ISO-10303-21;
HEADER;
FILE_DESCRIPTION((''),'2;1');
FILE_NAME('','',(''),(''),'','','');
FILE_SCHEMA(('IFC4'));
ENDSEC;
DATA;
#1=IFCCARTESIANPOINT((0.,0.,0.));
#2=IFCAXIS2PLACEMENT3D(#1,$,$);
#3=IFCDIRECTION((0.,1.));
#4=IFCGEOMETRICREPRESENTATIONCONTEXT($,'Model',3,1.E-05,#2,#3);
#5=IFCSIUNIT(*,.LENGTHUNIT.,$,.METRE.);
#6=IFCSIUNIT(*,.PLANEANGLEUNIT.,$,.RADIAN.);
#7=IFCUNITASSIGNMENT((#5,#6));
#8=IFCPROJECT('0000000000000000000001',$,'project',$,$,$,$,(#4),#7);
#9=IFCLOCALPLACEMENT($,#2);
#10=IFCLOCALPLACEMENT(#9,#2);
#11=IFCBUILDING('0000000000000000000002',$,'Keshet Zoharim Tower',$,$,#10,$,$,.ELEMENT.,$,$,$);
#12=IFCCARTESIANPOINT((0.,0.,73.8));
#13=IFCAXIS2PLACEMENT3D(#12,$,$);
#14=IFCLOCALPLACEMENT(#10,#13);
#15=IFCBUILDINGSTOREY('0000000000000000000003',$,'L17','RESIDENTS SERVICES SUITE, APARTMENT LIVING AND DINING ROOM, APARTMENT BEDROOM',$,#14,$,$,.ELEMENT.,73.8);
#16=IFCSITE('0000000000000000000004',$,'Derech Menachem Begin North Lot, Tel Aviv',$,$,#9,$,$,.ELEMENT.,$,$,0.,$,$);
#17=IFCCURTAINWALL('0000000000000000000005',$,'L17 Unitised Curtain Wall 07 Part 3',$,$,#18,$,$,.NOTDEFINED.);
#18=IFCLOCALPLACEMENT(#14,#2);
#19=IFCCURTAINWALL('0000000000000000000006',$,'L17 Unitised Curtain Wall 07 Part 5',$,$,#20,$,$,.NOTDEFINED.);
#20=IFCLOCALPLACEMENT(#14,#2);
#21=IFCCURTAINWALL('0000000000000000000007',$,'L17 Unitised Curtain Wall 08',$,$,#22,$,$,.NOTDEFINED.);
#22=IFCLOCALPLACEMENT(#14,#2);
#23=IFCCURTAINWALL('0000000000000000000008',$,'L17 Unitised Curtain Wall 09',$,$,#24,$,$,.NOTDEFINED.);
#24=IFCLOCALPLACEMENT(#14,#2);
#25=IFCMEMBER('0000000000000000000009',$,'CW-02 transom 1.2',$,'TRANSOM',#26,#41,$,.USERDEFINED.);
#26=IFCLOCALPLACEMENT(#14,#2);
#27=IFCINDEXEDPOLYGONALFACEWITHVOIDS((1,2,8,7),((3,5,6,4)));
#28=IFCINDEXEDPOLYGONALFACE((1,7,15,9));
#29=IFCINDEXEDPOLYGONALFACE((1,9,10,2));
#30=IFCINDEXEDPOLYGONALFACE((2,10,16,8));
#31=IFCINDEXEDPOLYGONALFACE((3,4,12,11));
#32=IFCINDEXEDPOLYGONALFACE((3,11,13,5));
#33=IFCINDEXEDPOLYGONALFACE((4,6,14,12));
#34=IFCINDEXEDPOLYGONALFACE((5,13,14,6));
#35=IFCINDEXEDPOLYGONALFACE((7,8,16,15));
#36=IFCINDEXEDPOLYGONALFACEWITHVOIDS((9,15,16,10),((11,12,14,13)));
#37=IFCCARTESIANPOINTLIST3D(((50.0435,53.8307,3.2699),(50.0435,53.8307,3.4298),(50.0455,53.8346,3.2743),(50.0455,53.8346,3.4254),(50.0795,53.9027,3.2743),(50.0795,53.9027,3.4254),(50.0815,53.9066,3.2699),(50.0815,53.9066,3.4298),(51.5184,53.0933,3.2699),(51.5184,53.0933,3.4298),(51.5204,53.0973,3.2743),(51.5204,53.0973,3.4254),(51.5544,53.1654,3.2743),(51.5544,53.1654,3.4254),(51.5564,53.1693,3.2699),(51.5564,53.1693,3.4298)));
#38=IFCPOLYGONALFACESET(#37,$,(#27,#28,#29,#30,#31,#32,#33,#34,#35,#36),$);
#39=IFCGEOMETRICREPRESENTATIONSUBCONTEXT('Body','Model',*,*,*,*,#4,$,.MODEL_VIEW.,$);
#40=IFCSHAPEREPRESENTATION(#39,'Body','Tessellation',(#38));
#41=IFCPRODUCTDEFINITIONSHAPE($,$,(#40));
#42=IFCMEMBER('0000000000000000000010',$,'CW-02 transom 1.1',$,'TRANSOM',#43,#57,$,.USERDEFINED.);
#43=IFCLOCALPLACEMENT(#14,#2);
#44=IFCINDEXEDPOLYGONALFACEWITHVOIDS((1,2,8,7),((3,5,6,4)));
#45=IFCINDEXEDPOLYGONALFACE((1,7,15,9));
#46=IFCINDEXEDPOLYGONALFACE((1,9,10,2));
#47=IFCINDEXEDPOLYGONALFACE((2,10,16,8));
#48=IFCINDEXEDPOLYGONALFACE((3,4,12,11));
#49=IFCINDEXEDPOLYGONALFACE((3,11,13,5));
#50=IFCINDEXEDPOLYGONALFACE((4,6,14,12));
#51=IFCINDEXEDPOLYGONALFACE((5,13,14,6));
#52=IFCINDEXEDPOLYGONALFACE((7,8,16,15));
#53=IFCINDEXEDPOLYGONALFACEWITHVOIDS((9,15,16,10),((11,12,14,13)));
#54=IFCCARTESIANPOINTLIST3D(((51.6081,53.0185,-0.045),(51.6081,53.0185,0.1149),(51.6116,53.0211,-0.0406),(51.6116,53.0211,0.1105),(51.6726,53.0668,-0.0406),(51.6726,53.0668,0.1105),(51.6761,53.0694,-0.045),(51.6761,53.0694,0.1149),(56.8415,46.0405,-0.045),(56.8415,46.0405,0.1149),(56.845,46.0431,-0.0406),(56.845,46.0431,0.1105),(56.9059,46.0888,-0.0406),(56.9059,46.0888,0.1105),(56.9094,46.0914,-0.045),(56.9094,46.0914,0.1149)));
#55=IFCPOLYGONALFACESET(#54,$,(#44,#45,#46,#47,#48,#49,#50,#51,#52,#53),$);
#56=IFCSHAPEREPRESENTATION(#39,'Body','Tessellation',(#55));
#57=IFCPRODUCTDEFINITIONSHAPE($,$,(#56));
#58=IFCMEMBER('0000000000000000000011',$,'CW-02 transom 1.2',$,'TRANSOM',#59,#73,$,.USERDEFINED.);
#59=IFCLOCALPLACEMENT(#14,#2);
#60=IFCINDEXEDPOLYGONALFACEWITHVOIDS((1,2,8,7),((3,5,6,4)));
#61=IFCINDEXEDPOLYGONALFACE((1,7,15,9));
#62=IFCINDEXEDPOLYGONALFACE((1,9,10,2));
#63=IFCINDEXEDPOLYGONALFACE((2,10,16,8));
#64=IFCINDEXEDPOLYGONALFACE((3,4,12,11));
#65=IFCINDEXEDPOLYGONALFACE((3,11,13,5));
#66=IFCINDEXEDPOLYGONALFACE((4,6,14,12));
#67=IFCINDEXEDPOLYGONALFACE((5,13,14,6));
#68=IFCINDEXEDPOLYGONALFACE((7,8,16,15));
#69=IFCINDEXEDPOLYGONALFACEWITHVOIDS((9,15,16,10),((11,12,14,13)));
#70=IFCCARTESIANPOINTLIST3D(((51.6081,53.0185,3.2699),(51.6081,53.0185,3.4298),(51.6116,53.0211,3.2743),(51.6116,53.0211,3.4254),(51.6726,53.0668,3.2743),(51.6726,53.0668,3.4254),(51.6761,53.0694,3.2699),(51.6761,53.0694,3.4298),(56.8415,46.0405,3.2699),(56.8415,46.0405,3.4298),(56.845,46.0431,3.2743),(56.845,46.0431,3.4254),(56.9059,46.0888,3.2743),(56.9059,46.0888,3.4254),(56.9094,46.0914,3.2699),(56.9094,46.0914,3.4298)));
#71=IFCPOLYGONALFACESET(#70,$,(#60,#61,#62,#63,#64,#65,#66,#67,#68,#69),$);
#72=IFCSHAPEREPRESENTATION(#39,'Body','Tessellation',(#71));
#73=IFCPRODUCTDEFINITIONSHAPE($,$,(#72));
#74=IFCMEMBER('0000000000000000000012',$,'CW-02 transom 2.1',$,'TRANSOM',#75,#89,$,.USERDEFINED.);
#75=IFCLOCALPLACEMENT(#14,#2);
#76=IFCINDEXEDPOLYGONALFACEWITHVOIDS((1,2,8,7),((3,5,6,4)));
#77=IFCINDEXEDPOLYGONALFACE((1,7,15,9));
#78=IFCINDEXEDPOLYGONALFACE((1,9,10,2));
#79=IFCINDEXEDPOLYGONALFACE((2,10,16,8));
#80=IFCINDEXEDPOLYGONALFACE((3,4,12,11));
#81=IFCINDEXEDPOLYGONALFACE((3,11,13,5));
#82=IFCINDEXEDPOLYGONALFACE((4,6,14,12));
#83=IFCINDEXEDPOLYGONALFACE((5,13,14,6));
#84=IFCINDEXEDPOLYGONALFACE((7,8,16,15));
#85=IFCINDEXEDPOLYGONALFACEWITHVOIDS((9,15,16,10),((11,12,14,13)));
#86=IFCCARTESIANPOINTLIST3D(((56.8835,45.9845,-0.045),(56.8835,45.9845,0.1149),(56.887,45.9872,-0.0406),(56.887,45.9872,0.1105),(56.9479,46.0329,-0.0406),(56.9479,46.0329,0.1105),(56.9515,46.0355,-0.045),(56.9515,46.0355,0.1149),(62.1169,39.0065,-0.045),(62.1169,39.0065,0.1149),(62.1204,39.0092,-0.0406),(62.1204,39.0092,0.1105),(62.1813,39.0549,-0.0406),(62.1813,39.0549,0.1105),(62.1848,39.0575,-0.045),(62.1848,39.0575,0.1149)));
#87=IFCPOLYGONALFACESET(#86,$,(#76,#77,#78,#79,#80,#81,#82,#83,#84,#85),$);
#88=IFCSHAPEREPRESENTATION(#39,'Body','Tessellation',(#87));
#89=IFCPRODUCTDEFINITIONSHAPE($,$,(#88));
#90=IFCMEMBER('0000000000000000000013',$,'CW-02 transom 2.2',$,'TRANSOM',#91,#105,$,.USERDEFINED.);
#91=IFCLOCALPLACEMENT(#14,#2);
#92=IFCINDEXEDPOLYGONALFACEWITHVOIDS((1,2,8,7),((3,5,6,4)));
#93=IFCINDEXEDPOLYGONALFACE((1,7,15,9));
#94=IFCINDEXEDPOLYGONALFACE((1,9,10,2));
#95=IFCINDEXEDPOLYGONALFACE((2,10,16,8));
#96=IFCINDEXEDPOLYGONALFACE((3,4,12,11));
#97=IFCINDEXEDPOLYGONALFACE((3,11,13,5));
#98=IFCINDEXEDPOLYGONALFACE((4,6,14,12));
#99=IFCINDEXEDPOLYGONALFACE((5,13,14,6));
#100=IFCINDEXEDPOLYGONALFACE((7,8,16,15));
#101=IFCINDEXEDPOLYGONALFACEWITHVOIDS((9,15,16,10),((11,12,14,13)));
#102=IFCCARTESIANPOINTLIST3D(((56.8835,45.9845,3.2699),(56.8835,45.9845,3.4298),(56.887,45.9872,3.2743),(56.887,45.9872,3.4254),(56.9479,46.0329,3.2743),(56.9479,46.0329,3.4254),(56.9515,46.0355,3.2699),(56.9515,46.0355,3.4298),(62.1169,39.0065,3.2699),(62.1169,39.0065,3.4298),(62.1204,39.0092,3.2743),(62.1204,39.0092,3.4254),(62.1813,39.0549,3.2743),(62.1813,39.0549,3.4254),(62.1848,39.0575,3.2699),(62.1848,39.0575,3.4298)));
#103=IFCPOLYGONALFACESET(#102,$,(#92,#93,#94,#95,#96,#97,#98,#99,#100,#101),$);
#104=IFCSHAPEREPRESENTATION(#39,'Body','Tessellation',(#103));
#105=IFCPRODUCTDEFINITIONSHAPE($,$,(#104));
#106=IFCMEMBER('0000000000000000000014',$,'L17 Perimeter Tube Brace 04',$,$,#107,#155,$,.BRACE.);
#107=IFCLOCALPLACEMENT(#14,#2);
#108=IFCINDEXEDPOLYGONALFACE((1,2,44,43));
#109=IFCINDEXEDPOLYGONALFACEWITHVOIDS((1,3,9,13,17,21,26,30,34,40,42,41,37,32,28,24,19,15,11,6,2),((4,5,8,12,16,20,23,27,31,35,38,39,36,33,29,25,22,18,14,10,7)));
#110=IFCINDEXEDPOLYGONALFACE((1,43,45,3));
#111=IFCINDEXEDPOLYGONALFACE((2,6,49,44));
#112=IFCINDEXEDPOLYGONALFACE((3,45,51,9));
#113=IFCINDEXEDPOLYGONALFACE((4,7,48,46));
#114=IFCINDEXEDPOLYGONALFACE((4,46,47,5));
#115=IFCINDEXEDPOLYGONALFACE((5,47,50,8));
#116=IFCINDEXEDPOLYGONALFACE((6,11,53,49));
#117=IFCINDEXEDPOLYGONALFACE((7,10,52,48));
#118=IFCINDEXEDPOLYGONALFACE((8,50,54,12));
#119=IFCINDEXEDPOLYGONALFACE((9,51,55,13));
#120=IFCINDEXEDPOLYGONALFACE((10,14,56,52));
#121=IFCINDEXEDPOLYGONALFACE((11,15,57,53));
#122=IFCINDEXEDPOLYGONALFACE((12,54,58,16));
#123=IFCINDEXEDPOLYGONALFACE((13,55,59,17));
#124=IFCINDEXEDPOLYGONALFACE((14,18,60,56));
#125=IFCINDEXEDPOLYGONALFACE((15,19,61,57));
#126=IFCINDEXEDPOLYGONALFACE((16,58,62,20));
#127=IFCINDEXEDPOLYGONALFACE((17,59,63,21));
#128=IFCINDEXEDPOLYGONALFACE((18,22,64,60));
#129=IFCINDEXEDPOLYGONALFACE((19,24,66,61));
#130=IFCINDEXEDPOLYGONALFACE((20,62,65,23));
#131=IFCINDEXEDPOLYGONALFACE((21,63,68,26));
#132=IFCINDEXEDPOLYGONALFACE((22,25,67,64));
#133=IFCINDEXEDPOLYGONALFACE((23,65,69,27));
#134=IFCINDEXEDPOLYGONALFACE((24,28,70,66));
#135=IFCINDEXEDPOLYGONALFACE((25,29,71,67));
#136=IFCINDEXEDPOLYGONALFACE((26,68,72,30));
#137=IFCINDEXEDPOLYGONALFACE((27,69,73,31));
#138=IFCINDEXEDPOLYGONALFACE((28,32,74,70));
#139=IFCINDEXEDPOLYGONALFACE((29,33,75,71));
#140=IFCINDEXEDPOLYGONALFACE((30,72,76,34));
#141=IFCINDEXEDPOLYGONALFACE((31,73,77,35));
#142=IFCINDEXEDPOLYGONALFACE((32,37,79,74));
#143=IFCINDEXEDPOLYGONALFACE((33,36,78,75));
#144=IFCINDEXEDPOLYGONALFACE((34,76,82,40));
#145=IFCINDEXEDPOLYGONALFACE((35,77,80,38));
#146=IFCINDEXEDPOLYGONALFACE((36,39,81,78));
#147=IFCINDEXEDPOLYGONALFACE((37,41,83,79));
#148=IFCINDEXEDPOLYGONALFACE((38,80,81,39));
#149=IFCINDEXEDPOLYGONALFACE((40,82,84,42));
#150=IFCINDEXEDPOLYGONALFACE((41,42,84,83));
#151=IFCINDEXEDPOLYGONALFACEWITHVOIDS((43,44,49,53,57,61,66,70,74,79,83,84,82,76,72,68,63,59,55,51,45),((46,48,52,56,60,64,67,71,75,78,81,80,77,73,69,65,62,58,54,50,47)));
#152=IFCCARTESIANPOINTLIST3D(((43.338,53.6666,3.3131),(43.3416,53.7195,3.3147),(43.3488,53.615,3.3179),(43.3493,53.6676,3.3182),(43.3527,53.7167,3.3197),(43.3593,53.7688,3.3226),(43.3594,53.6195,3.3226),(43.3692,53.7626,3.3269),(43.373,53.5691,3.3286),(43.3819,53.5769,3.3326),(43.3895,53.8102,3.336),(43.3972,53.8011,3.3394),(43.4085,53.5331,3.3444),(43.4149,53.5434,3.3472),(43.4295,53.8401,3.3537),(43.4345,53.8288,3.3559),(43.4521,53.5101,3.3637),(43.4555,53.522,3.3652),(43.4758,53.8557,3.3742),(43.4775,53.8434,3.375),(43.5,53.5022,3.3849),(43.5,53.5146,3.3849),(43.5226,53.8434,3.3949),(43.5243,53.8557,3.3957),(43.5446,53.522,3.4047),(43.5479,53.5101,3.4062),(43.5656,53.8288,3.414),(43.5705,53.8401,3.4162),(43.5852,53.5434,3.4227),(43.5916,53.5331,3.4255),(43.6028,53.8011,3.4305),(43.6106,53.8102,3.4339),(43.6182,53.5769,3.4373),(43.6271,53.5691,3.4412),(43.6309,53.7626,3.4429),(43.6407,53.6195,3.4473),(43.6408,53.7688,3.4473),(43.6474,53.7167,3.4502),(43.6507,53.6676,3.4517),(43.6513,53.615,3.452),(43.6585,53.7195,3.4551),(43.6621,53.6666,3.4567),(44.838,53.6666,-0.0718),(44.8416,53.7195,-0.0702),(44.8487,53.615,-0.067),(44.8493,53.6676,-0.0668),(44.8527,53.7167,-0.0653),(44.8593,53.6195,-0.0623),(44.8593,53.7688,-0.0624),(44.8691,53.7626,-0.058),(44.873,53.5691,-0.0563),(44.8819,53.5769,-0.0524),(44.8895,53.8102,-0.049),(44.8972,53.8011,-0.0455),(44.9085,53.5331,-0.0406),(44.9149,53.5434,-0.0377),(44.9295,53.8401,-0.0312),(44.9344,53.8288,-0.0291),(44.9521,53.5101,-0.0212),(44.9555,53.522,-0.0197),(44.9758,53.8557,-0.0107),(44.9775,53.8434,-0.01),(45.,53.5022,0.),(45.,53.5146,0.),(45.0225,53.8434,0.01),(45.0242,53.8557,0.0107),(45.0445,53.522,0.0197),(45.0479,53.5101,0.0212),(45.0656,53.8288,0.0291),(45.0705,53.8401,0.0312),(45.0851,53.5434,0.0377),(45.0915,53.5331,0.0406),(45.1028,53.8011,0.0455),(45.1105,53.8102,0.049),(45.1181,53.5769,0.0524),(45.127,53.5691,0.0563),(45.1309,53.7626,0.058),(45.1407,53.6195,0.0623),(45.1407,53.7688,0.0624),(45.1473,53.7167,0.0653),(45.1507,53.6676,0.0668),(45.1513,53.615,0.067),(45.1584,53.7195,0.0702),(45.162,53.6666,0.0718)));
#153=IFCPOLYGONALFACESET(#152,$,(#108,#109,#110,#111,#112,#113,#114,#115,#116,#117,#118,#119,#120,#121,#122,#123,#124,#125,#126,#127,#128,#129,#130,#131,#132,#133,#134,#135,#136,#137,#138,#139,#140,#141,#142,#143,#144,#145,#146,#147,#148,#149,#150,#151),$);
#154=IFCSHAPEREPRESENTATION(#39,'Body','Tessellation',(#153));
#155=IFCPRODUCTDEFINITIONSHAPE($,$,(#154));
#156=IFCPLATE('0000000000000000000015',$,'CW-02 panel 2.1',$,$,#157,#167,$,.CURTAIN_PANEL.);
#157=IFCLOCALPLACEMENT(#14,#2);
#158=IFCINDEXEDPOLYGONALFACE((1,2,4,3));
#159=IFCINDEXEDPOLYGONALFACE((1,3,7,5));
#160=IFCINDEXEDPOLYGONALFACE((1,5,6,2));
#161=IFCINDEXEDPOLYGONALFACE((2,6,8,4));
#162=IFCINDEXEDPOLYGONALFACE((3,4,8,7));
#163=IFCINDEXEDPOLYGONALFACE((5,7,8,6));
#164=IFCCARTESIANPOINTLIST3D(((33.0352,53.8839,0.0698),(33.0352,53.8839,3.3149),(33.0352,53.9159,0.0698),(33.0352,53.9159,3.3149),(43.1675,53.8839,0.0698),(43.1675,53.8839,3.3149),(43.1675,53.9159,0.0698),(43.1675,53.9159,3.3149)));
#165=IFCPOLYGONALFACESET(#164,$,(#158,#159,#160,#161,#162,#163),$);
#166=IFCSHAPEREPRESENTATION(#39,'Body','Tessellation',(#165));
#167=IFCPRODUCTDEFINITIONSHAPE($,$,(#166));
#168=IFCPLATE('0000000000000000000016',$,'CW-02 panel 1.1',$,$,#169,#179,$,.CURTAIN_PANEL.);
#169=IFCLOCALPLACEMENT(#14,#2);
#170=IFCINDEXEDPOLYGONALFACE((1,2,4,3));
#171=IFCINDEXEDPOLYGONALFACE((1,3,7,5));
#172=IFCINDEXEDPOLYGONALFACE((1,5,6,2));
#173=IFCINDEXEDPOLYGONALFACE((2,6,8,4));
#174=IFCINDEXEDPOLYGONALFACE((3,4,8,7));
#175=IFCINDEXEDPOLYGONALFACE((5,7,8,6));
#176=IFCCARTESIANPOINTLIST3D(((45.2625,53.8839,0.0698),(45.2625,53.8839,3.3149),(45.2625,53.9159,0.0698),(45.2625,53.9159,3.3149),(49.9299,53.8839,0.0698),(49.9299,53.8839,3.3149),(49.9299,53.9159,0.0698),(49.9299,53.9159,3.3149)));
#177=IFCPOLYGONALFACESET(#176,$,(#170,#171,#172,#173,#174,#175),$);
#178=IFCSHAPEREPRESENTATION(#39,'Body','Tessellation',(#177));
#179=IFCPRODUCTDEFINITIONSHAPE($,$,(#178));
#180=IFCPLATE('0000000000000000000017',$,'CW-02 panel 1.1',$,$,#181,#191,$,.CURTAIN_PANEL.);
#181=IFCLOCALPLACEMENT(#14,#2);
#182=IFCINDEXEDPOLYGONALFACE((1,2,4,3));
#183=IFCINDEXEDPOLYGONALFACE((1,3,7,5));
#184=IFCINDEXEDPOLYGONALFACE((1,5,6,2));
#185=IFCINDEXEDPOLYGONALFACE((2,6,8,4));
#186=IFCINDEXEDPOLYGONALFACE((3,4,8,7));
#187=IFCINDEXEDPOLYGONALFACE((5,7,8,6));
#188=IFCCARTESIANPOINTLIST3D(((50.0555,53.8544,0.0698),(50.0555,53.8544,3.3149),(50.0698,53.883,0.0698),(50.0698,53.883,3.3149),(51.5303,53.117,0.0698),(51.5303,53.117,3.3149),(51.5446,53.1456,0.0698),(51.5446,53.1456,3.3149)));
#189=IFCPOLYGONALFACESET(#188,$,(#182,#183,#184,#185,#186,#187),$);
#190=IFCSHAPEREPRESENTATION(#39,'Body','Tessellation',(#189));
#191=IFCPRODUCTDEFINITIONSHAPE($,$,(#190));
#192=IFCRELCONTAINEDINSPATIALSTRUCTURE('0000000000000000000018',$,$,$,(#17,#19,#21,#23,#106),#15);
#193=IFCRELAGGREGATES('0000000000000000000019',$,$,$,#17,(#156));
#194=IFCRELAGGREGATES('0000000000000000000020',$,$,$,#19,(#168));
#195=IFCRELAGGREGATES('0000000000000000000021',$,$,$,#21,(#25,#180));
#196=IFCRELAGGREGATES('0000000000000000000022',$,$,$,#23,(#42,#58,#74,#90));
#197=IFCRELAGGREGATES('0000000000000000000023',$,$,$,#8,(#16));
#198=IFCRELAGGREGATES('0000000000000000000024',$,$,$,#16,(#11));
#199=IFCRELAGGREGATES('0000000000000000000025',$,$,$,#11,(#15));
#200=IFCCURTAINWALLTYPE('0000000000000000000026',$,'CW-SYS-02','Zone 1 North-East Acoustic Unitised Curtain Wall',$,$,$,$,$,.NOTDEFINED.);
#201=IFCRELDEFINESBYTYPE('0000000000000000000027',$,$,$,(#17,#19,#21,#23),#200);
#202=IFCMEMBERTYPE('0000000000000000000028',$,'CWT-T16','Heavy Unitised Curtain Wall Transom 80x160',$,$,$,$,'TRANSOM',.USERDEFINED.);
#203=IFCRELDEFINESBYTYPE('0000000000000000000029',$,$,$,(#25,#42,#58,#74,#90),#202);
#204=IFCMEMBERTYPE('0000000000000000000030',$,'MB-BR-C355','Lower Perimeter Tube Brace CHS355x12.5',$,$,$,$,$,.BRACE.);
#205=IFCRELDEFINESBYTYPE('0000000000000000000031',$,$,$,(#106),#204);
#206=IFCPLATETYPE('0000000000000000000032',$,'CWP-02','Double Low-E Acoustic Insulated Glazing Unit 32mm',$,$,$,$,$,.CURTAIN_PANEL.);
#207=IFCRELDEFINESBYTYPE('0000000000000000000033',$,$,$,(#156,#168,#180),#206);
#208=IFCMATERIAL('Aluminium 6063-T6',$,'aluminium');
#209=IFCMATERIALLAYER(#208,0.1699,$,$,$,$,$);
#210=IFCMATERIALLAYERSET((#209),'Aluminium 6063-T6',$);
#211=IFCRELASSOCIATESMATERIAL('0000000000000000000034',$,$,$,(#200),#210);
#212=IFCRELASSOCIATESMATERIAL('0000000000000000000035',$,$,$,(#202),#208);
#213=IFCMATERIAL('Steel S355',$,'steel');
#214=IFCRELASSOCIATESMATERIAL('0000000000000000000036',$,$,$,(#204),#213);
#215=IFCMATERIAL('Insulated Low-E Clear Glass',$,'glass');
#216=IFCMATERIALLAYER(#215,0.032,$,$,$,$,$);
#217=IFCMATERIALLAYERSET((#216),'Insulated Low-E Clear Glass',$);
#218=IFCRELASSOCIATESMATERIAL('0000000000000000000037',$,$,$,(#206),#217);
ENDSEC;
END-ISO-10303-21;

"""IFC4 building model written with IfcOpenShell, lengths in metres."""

from ifc_helpers import new_model, si_unit, direction, frame, origin, origin_2d, place, context, subcontext, project, spatial, rectangle, hollow_rectangle, hollow_circle, extrude, material, layer, layer_set, material_profile, profile_set, type_object, element, aggregate, save


model = new_model("IFC4")

# Units and contexts
model_context = context("Model", 3, precision=1e-05, world=origin(), true_north=direction((0.0, 1.0)))
body_context = subcontext(model_context, "Body", "Model", "MODEL_VIEW")
ifc_project = project(units=[si_unit("LENGTHUNIT", "METRE"), si_unit("PLANEANGLEUNIT", "RADIAN")], contexts=[model_context])

# Site, building, storey
site_placement = place(None, origin())
site = spatial("IfcSite", under=ifc_project, at=site_placement, Name="Derech Menachem Begin North Lot, Tel Aviv", CompositionType="ELEMENT", RefElevation=0.0)
building_placement = place(site_placement, origin())
building = spatial("IfcBuilding", under=site, at=building_placement, Name="Keshet Zoharim Tower", CompositionType="ELEMENT")
storey_placement = place(building_placement, frame((0.0, 0.0, 73.8)))
storey = spatial("IfcBuildingStorey", under=building, at=storey_placement, Name="L17", Description="RESIDENTS SERVICES SUITE, APARTMENT LIVING AND DINING ROOM, APARTMENT BEDROOM", CompositionType="ELEMENT", Elevation=73.8)

# Shared definitions
ifc_material_1 = material(Name="Steel S355", Category="steel")

# Curtain walls
ifc_material_2 = material(Name="Aluminium 6063-T6", Category="aluminium")
ifc_layer_1 = layer(ifc_material_2, 0.1699)
ifc_layer_set_1 = layer_set([ifc_layer_1], Name="Aluminium 6063-T6")
curtain_wall_type = type_object("IfcCurtainWallType", Name="CW-SYS-02", Description="Zone 1 North-East Acoustic Unitised Curtain Wall", PredefinedType="NOTDEFINED", material=ifc_layer_set_1)
curtain_wall_1_placement = place(storey_placement, origin())
curtain_wall_1 = element("IfcCurtainWall", 1, at=curtain_wall_1_placement, inside=storey, type_object=curtain_wall_type, Name="L17 Unitised Curtain Wall 07 Part 3", PredefinedType="NOTDEFINED")
curtain_wall_2_placement = place(storey_placement, origin())
curtain_wall_2 = element("IfcCurtainWall", 2, at=curtain_wall_2_placement, inside=storey, type_object=curtain_wall_type, Name="L17 Unitised Curtain Wall 07 Part 5", PredefinedType="NOTDEFINED")

# Curtain walls
curtain_wall_3_placement = place(storey_placement, origin())
curtain_wall_3 = element("IfcCurtainWall", 3, at=curtain_wall_3_placement, inside=storey, type_object=curtain_wall_type, Name="L17 Unitised Curtain Wall 08", PredefinedType="NOTDEFINED")
curtain_wall_4_placement = place(storey_placement, origin())
curtain_wall_4 = element("IfcCurtainWall", 4, at=curtain_wall_4_placement, inside=storey, type_object=curtain_wall_type, Name="L17 Unitised Curtain Wall 09", PredefinedType="NOTDEFINED")

# Members
ifc_material_profile_1 = material_profile(ifc_material_2, hollow_rectangle(XDim=0.085, YDim=0.1599, WallThickness=0.0044, at=origin_2d()), Name="TRN-85x160")
ifc_profile_set_1 = profile_set([ifc_material_profile_1], Name="Aluminium 6063-T6")
member_type_1 = type_object("IfcMemberType", Name="CWT-T16", Description="Heavy Unitised Curtain Wall Transom 80x160", ElementType="TRANSOM", PredefinedType="USERDEFINED", material=ifc_profile_set_1)
member_1_placement = place(storey_placement, frame((50.0625, 53.8687, 3.3499), z_axis=(0.894457, -0.447154, 0.0), x_axis=(0.447154, 0.894457, 0.0)))
member_1 = element("IfcMember", 5, at=member_1_placement, type_object=member_type_1, Name="CW-02 transom 1.2", ObjectType="TRANSOM", PredefinedType="USERDEFINED", context=body_context, shape_type="SweptSolid", body=[
    extrude(hollow_rectangle(XDim=0.085, YDim=0.1599, WallThickness=0.0044, at=origin_2d()), origin(), (0.0, 0.0, 1.0), 1.6489),
])
member_2_placement = place(storey_placement, frame((51.6421, 53.0439, 0.0349), z_axis=(0.599991, -0.800007, 0.0), x_axis=(0.800007, 0.599991, 0.0)))
member_2 = element("IfcMember", 6, at=member_2_placement, type_object=member_type_1, Name="CW-02 transom 1.1", ObjectType="TRANSOM", PredefinedType="USERDEFINED", context=body_context, shape_type="SweptSolid", body=[
    extrude(hollow_rectangle(XDim=0.085, YDim=0.1599, WallThickness=0.0044, at=origin_2d()), origin(), (0.0, 0.0, 1.0), 8.7224),
])
member_3_placement = place(storey_placement, frame((51.6421, 53.0439, 3.3499), z_axis=(0.599991, -0.800007, 0.0), x_axis=(0.800007, 0.599991, 0.0)))
member_3 = element("IfcMember", 7, at=member_3_placement, type_object=member_type_1, Name="CW-02 transom 1.2", ObjectType="TRANSOM", PredefinedType="USERDEFINED", context=body_context, shape_type="SweptSolid", body=[
    extrude(hollow_rectangle(XDim=0.085, YDim=0.1599, WallThickness=0.0044, at=origin_2d()), origin(), (0.0, 0.0, 1.0), 8.7224),
])
member_4_placement = place(storey_placement, frame((56.9175, 46.01, 0.0349), z_axis=(0.599991, -0.800007, 0.0), x_axis=(0.800007, 0.599991, 0.0)))
member_4 = element("IfcMember", 8, at=member_4_placement, type_object=member_type_1, Name="CW-02 transom 2.1", ObjectType="TRANSOM", PredefinedType="USERDEFINED", context=body_context, shape_type="SweptSolid", body=[
    extrude(hollow_rectangle(XDim=0.085, YDim=0.1599, WallThickness=0.0044, at=origin_2d()), origin(), (0.0, 0.0, 1.0), 8.7224),
])
member_5_placement = place(storey_placement, frame((56.9175, 46.01, 3.3499), z_axis=(0.599991, -0.800007, 0.0), x_axis=(0.800007, 0.599991, 0.0)))
member_5 = element("IfcMember", 9, at=member_5_placement, type_object=member_type_1, Name="CW-02 transom 2.2", ObjectType="TRANSOM", PredefinedType="USERDEFINED", context=body_context, shape_type="SweptSolid", body=[
    extrude(hollow_rectangle(XDim=0.085, YDim=0.1599, WallThickness=0.0044, at=origin_2d()), origin(), (0.0, 0.0, 1.0), 8.7224),
])
ifc_material_profile_2 = material_profile(ifc_material_1, hollow_circle(Radius=0.1777, WallThickness=0.0125, at=origin_2d()), Name="CHS355x12.5")
ifc_profile_set_2 = profile_set([ifc_material_profile_2], Name="Steel S355")
member_type_2 = type_object("IfcMemberType", Name="MB-BR-C355", Description="Lower Perimeter Tube Brace CHS355x12.5", PredefinedType="BRACE", material=ifc_profile_set_2)
member_6_placement = place(storey_placement, frame((45.0, 53.6799, 0.0), z_axis=(-0.405135, 0.0, 0.914257), x_axis=(0.0, -1.0, 0.0)))
element("IfcMember", 10, at=member_6_placement, inside=storey, type_object=member_type_2, Name="L17 Perimeter Tube Brace 04", PredefinedType="BRACE", context=body_context, shape_type="SweptSolid", body=[
    extrude(hollow_circle(Radius=0.1777, WallThickness=0.0125, at=origin_2d()), origin(), (0.0, 0.0, 1.0), 3.7024),
])

# Plates
ifc_material_3 = material(Name="Insulated Low-E Clear Glass", Category="glass")
ifc_layer_2 = layer(ifc_material_3, 0.032)
ifc_layer_set_2 = layer_set([ifc_layer_2], Name="Insulated Low-E Clear Glass")
plate_type_1 = type_object("IfcPlateType", Name="CWP-02", Description="Double Low-E Acoustic Insulated Glazing Unit 32mm", PredefinedType="CURTAIN_PANEL", material=ifc_layer_set_2)
plate_1_placement = place(storey_placement, frame((38.1013, 53.8999, 0.0698), z_axis=(0.0, 0.0, 1.0), x_axis=(1.0, 0.0, 0.0)))
plate_1 = element("IfcPlate", 11, at=plate_1_placement, type_object=plate_type_1, Name="CW-02 panel 2.1", PredefinedType="CURTAIN_PANEL", context=body_context, shape_type="SweptSolid", body=[
    extrude(rectangle(XDim=10.1323, YDim=0.032, at=origin_2d()), origin(), (0.0, 0.0, 1.0), 3.2451),
])
aggregate(curtain_wall_1, [plate_1])
plate_2_placement = place(storey_placement, frame((47.5962, 53.8999, 0.0698), z_axis=(0.0, 0.0, 1.0), x_axis=(1.0, 0.0, 0.0)))
plate_2 = element("IfcPlate", 12, at=plate_2_placement, type_object=plate_type_1, Name="CW-02 panel 1.1", PredefinedType="CURTAIN_PANEL", context=body_context, shape_type="SweptSolid", body=[
    extrude(rectangle(XDim=4.6675, YDim=0.032, at=origin_2d()), origin(), (0.0, 0.0, 1.0), 3.2451),
])
aggregate(curtain_wall_2, [plate_2])
plate_3_placement = place(storey_placement, frame((50.8, 53.5, 0.0698), z_axis=(0.0, 0.0, 1.0), x_axis=(0.894427, -0.447214, 0.0)))
plate_3 = element("IfcPlate", 13, at=plate_3_placement, type_object=plate_type_1, Name="CW-02 panel 1.1", PredefinedType="CURTAIN_PANEL", context=body_context, shape_type="SweptSolid", body=[
    extrude(rectangle(XDim=1.6489, YDim=0.032, at=origin_2d()), origin(), (0.0, 0.0, 1.0), 3.2451),
])
aggregate(curtain_wall_3, [member_1, plate_3])
aggregate(curtain_wall_4, [member_2, member_3, member_4, member_5])

save(model, "model.ifc")
